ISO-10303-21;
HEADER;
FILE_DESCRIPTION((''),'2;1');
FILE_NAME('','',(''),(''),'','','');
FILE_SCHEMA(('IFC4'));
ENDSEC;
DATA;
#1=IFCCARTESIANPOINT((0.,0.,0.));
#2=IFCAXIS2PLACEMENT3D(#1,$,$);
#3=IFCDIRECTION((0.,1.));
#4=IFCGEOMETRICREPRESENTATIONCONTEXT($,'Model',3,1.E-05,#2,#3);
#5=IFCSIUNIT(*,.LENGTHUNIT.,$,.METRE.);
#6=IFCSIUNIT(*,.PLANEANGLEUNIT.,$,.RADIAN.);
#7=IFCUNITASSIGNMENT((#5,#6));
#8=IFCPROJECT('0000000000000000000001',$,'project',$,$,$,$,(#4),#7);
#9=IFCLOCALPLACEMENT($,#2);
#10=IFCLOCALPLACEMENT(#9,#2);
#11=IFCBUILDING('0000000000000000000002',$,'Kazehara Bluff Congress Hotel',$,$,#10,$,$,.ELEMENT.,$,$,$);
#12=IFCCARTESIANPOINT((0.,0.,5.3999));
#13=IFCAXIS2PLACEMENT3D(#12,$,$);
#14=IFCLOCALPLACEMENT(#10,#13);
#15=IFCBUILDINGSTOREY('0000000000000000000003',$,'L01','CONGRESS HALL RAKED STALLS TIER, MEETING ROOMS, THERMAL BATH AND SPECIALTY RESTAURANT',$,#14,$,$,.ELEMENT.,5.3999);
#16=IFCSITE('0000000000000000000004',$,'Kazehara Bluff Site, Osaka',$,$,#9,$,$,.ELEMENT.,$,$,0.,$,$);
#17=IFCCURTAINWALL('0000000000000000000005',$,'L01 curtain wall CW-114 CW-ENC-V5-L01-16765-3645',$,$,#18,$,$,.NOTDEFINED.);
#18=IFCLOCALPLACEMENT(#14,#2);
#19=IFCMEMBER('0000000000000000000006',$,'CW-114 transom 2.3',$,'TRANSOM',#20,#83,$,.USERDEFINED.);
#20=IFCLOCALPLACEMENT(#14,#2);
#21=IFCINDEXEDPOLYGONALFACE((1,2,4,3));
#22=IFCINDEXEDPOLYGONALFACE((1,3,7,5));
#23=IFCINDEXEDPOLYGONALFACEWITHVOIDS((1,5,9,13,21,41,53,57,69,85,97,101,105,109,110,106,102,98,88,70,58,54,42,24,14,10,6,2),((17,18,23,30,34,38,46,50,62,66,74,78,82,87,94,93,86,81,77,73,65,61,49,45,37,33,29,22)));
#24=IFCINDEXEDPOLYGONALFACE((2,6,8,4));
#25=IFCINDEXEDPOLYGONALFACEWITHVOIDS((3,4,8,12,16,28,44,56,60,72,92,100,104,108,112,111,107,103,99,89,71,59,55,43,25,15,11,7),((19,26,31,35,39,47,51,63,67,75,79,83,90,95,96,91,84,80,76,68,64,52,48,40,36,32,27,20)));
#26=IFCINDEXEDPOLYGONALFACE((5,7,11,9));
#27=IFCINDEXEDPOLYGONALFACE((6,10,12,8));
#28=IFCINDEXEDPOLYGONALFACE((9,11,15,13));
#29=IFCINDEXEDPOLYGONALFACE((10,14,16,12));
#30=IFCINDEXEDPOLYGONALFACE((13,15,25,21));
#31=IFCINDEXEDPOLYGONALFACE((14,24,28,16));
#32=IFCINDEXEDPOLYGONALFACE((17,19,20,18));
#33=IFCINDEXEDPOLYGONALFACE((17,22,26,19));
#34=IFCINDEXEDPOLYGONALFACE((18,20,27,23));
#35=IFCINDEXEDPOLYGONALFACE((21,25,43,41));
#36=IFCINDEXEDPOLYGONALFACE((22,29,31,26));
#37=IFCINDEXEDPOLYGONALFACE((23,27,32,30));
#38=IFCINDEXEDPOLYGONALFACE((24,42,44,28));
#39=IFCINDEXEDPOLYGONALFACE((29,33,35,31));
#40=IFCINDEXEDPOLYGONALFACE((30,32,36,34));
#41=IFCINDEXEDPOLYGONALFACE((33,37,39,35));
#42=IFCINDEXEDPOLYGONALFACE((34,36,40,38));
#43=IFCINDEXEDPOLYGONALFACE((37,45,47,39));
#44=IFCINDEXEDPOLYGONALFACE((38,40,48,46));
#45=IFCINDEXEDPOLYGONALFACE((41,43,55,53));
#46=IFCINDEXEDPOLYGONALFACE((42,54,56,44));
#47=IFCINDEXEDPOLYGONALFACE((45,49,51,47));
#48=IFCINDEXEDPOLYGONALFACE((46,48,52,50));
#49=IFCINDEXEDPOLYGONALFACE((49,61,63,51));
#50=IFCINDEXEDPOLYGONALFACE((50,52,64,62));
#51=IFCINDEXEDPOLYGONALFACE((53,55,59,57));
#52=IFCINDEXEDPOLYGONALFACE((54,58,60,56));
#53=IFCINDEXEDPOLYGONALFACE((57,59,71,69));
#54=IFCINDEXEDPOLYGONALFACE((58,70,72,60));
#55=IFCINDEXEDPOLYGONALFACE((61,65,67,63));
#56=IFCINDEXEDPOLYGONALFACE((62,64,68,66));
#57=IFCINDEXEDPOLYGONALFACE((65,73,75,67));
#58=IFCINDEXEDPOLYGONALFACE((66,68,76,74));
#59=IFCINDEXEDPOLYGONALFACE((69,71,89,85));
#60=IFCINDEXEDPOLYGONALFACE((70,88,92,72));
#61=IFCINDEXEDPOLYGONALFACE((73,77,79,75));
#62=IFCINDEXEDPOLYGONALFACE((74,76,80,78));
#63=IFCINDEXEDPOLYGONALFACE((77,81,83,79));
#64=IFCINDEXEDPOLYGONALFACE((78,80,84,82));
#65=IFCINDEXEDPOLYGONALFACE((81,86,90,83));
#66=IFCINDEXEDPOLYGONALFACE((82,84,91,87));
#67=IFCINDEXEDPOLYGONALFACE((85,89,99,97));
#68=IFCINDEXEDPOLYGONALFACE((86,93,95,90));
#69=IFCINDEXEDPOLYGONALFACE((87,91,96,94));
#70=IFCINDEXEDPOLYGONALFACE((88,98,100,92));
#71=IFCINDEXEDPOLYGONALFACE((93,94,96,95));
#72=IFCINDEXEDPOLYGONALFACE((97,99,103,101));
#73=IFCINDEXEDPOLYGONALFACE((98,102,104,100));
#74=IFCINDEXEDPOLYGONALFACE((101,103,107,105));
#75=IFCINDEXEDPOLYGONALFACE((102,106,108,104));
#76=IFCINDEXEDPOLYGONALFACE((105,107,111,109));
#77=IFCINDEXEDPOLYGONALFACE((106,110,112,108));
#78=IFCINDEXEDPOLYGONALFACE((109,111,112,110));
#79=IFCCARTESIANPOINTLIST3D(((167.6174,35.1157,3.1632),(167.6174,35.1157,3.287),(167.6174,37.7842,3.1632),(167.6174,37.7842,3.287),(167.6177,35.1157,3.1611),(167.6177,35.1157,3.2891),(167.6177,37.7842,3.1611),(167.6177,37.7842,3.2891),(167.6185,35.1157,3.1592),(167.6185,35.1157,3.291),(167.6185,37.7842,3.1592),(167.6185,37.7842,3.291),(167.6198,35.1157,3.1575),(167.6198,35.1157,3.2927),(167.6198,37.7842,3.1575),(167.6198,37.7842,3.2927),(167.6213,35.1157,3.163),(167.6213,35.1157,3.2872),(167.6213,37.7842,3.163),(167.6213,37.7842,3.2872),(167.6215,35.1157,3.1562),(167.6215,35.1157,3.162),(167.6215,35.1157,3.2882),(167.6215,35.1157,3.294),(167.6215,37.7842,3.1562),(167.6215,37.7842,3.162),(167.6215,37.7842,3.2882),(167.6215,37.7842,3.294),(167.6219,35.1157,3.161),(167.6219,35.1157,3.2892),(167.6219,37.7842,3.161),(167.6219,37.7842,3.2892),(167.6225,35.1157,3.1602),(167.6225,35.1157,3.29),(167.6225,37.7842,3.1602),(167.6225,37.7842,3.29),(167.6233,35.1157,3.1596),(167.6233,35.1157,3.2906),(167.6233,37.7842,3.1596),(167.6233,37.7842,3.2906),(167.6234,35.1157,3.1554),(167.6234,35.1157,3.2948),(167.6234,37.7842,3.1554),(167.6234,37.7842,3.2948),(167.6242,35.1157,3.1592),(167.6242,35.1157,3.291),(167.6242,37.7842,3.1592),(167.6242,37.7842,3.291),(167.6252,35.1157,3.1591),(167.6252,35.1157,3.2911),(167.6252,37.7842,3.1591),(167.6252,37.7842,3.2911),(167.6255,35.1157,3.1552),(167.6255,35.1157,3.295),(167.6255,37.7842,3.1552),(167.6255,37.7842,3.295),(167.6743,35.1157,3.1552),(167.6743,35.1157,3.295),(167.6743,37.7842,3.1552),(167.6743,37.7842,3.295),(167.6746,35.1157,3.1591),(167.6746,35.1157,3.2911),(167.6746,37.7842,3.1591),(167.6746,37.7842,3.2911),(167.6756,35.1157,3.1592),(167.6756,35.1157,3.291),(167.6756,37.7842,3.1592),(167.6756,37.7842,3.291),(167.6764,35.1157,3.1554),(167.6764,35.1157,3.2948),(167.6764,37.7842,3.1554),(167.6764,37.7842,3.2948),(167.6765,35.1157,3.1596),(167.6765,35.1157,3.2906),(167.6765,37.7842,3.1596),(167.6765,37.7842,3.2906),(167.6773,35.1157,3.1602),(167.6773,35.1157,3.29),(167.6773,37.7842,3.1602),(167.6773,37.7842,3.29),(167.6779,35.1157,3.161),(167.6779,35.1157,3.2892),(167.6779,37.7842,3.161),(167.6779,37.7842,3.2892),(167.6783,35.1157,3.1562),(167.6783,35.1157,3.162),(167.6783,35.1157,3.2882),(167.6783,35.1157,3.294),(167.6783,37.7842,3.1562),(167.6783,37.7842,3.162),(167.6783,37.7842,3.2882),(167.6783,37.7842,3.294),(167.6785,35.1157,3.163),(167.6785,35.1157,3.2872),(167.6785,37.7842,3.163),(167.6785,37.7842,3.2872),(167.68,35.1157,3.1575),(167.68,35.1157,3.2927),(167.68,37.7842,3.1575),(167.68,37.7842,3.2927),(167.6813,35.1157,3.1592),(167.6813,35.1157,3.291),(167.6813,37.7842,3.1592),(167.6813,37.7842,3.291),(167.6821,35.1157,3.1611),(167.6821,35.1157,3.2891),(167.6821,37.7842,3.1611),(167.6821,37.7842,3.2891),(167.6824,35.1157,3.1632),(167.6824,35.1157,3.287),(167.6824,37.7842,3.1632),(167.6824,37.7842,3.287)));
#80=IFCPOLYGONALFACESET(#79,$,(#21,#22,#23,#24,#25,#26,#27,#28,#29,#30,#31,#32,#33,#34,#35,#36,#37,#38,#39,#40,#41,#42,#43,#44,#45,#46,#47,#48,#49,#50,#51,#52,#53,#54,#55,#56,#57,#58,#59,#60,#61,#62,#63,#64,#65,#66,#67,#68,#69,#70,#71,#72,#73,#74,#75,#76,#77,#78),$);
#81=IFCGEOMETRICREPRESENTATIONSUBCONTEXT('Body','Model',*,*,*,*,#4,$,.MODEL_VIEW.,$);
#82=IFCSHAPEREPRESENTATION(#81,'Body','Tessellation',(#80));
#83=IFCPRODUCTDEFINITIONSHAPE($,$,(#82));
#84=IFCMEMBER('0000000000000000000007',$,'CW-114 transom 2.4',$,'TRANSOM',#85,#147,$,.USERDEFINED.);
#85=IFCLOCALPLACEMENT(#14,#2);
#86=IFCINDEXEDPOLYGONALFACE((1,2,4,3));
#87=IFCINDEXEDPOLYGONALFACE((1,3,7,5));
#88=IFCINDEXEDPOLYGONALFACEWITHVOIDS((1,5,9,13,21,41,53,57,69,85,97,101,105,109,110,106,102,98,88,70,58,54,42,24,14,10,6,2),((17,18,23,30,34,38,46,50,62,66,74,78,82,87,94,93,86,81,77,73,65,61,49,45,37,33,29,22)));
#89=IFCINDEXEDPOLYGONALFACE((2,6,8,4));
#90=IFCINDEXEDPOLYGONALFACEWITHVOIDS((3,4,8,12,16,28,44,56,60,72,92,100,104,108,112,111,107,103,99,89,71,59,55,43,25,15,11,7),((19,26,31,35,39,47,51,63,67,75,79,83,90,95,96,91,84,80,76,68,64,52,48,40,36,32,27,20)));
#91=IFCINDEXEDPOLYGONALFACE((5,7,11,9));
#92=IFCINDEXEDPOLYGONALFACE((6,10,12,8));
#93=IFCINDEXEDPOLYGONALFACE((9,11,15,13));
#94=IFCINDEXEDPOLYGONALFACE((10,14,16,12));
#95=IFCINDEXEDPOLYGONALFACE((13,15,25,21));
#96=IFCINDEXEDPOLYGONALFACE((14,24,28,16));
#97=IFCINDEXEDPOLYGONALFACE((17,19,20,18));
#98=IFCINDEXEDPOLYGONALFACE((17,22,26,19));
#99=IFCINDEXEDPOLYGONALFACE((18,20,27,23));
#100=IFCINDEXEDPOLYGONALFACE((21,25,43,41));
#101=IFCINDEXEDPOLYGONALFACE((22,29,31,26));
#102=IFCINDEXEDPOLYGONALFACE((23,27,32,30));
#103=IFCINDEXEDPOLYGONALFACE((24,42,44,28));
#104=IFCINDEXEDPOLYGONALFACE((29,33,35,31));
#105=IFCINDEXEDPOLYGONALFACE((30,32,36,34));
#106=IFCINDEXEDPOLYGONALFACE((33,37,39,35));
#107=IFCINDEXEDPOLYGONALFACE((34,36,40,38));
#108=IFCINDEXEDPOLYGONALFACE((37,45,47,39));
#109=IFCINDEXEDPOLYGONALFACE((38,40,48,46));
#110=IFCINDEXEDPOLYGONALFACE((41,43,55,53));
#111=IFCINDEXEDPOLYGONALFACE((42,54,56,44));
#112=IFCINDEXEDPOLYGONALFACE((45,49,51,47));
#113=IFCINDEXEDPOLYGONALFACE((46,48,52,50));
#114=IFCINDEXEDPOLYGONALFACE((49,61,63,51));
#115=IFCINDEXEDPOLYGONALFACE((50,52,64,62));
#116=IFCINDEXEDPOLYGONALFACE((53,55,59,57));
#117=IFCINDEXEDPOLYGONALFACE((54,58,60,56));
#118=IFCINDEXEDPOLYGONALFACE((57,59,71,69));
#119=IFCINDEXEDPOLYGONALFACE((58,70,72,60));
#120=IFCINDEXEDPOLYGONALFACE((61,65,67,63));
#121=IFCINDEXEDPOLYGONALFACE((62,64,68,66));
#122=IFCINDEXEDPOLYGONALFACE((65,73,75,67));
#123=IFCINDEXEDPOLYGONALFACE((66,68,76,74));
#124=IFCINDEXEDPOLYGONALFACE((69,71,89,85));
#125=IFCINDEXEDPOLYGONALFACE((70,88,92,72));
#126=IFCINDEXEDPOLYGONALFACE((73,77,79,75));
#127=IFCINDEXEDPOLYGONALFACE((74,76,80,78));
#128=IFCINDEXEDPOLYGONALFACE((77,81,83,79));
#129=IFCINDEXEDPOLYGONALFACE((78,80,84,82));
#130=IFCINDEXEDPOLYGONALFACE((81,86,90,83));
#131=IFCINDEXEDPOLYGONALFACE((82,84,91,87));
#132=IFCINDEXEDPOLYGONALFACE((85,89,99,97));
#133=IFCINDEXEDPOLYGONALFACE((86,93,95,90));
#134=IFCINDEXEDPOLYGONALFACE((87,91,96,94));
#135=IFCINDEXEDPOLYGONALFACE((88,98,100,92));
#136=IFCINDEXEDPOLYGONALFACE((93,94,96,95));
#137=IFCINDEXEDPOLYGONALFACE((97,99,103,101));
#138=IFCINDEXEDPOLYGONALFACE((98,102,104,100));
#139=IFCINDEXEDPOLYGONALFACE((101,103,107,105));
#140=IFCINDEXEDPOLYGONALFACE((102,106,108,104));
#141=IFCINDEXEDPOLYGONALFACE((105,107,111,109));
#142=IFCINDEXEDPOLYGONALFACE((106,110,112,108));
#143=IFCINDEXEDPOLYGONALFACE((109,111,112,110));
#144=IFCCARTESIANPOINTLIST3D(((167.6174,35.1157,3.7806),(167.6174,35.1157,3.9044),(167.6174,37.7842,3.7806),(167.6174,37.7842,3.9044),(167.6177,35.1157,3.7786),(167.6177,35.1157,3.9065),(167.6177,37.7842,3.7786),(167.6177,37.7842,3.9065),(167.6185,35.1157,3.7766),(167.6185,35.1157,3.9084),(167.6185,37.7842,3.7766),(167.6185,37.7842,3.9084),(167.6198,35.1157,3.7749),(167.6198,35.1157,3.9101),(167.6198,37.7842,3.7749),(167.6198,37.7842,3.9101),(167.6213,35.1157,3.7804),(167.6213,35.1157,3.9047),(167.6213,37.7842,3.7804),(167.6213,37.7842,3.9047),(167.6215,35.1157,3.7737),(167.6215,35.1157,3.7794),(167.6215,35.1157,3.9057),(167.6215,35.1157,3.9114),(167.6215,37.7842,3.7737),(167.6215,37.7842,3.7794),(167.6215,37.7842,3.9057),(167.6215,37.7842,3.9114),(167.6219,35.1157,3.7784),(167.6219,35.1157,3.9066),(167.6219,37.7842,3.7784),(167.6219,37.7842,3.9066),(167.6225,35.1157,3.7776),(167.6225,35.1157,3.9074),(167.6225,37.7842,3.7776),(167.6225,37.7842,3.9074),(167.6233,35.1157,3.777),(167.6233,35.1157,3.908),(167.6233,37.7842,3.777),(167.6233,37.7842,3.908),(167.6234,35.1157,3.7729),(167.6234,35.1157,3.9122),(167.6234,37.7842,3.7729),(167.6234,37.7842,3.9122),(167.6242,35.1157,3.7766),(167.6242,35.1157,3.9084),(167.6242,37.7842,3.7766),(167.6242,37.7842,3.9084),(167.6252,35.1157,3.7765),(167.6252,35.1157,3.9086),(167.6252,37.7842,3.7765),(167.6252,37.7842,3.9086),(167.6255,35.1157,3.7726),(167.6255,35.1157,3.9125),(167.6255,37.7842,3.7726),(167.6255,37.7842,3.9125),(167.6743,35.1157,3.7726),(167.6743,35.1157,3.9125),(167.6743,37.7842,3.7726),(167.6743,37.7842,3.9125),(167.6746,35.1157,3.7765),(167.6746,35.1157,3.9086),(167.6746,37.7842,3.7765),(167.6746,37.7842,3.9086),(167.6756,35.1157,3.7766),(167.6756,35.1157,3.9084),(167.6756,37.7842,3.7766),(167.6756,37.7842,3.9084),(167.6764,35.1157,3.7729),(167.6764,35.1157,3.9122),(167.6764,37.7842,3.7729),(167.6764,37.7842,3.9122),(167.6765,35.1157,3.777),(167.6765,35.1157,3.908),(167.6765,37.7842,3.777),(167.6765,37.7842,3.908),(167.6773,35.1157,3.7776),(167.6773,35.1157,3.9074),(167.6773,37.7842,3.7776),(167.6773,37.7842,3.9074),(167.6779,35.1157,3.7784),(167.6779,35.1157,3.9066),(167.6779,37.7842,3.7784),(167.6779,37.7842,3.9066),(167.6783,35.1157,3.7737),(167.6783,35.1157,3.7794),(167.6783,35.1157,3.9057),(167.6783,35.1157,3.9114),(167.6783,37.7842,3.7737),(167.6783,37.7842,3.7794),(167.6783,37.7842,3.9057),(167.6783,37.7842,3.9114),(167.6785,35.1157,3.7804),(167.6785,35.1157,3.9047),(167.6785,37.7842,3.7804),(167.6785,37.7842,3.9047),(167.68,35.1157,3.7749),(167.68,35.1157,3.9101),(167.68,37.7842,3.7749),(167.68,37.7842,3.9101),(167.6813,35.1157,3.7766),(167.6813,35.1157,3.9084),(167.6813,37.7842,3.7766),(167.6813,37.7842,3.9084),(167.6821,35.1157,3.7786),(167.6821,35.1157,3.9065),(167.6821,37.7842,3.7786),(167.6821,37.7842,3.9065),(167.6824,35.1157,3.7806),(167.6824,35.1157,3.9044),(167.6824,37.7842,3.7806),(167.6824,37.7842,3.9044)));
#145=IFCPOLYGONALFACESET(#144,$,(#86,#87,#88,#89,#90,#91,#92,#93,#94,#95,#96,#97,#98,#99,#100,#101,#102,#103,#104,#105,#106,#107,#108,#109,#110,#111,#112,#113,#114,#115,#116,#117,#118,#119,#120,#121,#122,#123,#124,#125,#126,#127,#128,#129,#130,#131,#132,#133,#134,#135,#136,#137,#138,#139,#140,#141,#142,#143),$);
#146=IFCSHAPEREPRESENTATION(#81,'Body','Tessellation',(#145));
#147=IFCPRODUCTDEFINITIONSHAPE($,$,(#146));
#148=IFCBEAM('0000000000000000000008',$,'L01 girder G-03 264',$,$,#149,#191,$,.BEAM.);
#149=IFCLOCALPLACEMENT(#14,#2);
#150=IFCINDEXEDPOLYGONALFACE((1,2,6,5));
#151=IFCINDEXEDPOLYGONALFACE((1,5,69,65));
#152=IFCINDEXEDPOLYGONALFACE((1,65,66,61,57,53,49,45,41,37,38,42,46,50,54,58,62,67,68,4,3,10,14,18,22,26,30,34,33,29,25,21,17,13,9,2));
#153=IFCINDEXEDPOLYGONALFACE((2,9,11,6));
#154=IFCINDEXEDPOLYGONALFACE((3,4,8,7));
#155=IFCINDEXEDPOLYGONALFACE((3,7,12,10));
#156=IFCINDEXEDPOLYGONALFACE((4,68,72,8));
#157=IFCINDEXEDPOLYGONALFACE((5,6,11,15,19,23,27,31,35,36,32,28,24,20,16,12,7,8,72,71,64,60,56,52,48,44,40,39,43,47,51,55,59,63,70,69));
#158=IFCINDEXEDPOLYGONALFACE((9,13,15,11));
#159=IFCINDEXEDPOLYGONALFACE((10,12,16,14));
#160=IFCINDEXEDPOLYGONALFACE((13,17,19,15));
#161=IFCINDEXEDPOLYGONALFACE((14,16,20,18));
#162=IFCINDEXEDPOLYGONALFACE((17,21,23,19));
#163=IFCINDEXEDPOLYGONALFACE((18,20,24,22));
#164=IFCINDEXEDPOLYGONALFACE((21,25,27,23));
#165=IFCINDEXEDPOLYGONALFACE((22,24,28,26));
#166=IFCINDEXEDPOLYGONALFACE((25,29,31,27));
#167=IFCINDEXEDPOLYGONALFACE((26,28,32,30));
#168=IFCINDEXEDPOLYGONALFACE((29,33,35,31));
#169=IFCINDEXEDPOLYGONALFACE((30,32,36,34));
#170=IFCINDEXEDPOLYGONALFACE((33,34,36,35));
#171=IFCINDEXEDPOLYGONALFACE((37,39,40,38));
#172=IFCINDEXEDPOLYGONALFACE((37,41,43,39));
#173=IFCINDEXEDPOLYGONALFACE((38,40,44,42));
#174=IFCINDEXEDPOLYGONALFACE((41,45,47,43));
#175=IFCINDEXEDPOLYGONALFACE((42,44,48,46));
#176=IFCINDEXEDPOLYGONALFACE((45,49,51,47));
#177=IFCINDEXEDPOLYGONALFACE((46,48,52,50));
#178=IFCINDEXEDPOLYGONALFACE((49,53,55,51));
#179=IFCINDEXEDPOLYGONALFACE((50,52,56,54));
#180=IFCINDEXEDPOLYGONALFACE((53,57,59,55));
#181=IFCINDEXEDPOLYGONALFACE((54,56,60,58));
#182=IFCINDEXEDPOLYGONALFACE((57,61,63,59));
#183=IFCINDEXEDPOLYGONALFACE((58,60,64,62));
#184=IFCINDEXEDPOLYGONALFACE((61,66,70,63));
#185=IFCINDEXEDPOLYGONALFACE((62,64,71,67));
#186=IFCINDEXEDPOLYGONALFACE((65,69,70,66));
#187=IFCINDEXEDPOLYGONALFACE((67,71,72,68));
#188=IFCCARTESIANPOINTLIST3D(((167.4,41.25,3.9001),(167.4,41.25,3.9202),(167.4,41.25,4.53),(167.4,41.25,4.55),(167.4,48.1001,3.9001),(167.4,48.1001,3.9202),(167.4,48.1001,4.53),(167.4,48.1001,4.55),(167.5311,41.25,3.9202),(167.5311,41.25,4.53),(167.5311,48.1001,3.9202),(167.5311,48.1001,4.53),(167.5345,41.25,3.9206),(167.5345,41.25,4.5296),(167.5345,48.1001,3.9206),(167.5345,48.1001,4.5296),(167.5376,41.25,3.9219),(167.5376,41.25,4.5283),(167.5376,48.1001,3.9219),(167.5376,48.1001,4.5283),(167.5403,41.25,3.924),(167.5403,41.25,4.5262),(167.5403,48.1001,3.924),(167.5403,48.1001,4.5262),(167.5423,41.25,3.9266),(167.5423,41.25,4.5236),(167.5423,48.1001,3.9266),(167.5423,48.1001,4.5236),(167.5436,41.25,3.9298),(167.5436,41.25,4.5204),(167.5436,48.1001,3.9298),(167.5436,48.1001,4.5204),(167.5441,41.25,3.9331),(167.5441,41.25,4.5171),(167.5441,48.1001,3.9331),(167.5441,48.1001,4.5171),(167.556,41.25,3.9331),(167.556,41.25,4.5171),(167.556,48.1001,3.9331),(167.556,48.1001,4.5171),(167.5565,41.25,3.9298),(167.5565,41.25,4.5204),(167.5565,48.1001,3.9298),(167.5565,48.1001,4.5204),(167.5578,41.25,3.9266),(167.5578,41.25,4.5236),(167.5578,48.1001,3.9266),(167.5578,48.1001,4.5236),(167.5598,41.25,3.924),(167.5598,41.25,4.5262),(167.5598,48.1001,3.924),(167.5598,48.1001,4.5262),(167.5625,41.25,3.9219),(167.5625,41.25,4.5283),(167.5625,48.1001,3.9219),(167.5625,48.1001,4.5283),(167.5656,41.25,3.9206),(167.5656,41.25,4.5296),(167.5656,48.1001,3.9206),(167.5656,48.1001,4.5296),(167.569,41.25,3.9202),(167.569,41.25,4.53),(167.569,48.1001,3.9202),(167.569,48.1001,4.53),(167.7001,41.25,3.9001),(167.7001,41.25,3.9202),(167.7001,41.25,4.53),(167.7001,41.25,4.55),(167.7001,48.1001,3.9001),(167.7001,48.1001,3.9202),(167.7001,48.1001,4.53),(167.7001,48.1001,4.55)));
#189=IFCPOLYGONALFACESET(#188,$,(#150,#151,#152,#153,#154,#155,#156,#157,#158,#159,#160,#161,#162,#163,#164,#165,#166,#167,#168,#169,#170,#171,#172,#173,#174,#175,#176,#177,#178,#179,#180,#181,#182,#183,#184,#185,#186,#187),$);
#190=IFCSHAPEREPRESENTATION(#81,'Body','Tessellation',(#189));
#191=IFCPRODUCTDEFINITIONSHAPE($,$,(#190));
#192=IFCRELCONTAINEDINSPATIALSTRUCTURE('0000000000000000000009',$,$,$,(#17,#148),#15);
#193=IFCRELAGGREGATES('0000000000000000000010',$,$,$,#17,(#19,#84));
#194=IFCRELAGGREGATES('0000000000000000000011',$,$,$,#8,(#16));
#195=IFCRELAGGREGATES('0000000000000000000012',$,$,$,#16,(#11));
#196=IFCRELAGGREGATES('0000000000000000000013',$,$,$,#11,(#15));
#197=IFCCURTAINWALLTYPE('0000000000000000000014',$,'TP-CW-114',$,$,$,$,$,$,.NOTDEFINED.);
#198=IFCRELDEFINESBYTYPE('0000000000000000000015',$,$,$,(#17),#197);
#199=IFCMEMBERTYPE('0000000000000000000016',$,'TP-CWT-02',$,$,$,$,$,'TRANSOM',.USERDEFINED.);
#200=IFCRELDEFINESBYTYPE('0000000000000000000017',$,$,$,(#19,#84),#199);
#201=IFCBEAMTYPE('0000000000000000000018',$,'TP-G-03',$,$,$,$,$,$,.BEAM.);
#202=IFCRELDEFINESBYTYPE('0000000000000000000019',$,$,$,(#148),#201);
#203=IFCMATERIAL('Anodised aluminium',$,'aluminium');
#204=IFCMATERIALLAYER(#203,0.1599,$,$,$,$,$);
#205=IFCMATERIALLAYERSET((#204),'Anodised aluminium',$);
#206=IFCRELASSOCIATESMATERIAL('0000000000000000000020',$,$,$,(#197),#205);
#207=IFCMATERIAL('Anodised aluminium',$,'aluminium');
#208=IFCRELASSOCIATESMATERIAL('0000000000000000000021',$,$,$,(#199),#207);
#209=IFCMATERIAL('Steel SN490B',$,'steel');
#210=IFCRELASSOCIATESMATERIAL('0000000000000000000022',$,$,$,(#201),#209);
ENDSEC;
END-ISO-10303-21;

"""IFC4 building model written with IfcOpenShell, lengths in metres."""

from ifc_helpers import new_model, si_unit, direction, frame, origin, origin_2d, place, context, subcontext, project, spatial, hollow_rectangle, i_section, extrude, material, layer, layer_set, material_profile, profile_set, type_object, element, aggregate, save


model = new_model("IFC4")

# Units and contexts
model_context = context("Model", 3, precision=1e-05, world=origin(), true_north=direction((0.0, 1.0)))
body_context = subcontext(model_context, "Body", "Model", "MODEL_VIEW")
ifc_project = project(units=[si_unit("LENGTHUNIT", "METRE"), si_unit("PLANEANGLEUNIT", "RADIAN")], contexts=[model_context])

# Site, building, storey
site_placement = place(None, origin())
site = spatial("IfcSite", under=ifc_project, at=site_placement, Name="Kazehara Bluff Site, Osaka", CompositionType="ELEMENT", RefElevation=0.0)
building_placement = place(site_placement, origin())
building = spatial("IfcBuilding", under=site, at=building_placement, Name="Kazehara Bluff Congress Hotel", CompositionType="ELEMENT")
storey_placement = place(building_placement, frame((0.0, 0.0, 5.3999)))
storey = spatial("IfcBuildingStorey", under=building, at=storey_placement, Name="L01", Description="CONGRESS HALL RAKED STALLS TIER, MEETING ROOMS, THERMAL BATH AND SPECIALTY RESTAURANT", CompositionType="ELEMENT", Elevation=5.3999)

# Curtain wall
ifc_material_1 = material(Name="Anodised aluminium", Category="aluminium")
ifc_layer_1 = layer(ifc_material_1, 0.1599)
ifc_layer_set_1 = layer_set([ifc_layer_1], Name="Anodised aluminium")
curtain_wall_type_1 = type_object("IfcCurtainWallType", Name="TP-CW-114", PredefinedType="NOTDEFINED", material=ifc_layer_set_1)
curtain_wall_1_placement = place(storey_placement, origin())
curtain_wall_1 = element("IfcCurtainWall", 1, at=curtain_wall_1_placement, inside=storey, type_object=curtain_wall_type_1, Name="L01 curtain wall CW-114 CW-ENC-V5-L01-16765-3645", PredefinedType="NOTDEFINED")

# Members
ifc_material_2 = material(Name="Anodised aluminium", Category="aluminium")
ifc_material_profile_1 = material_profile(ifc_material_2, hollow_rectangle(XDim=0.0649, YDim=0.1399, WallThickness=0.0039, InnerFilletRadius=0.0039, OuterFilletRadius=0.0081, at=origin_2d()))
ifc_profile_set_1 = profile_set([ifc_material_profile_1], Name="Anodised aluminium")
member_type_1 = type_object("IfcMemberType", Name="TP-CWT-02", ElementType="TRANSOM", PredefinedType="USERDEFINED", material=ifc_profile_set_1)
member_1_placement = place(storey_placement, frame((167.6499, 37.7842, 3.2251), z_axis=(0.0, -1.0, 0.0), x_axis=(1.0, 0.0, 0.0)))
member_1 = element("IfcMember", 2, at=member_1_placement, type_object=member_type_1, Name="CW-114 transom 2.3", ObjectType="TRANSOM", PredefinedType="USERDEFINED", context=body_context, shape_type="SweptSolid", body=[
    extrude(hollow_rectangle(XDim=0.0649, YDim=0.1399, WallThickness=0.0039, InnerFilletRadius=0.0039, OuterFilletRadius=0.0081, at=origin_2d()), origin(), (0.0, 0.0, 1.0), 2.6685),
])
member_2_placement = place(storey_placement, frame((167.6499, 37.7842, 3.8425), z_axis=(0.0, -1.0, 0.0), x_axis=(1.0, 0.0, 0.0)))
member_2 = element("IfcMember", 3, at=member_2_placement, type_object=member_type_1, Name="CW-114 transom 2.4", ObjectType="TRANSOM", PredefinedType="USERDEFINED", context=body_context, shape_type="SweptSolid", body=[
    extrude(hollow_rectangle(XDim=0.0649, YDim=0.1399, WallThickness=0.0039, InnerFilletRadius=0.0039, OuterFilletRadius=0.0081, at=origin_2d()), origin(), (0.0, 0.0, 1.0), 2.6685),
])

# Beam
ifc_material_3 = material(Name="Steel SN490B", Category="steel")
ifc_material_profile_2 = material_profile(ifc_material_3, i_section(OverallWidth=0.3, OverallDepth=0.6499, WebThickness=0.012, FlangeThickness=0.02, FilletRadius=0.0129, at=origin_2d()))
ifc_profile_set_2 = profile_set([ifc_material_profile_2], Name="Steel SN490B")
beam_type = type_object("IfcBeamType", Name="TP-G-03", PredefinedType="BEAM", material=ifc_profile_set_2)
beam_1_placement = place(storey_placement, frame((167.55, 41.25, 4.2251), z_axis=(0.0, 1.0, 0.0), x_axis=(-1.0, 0.0, 0.0)))
element("IfcBeam", 4, at=beam_1_placement, inside=storey, type_object=beam_type, Name="L01 girder G-03 264", PredefinedType="BEAM", context=body_context, shape_type="SweptSolid", body=[
    extrude(i_section(OverallWidth=0.3, OverallDepth=0.6499, WebThickness=0.012, FlangeThickness=0.02, FilletRadius=0.0129, at=origin_2d()), origin(), (0.0, 0.0, 1.0), 6.8501),
])

aggregate(curtain_wall_1, [member_1, member_2])

save(model, "model.ifc")
